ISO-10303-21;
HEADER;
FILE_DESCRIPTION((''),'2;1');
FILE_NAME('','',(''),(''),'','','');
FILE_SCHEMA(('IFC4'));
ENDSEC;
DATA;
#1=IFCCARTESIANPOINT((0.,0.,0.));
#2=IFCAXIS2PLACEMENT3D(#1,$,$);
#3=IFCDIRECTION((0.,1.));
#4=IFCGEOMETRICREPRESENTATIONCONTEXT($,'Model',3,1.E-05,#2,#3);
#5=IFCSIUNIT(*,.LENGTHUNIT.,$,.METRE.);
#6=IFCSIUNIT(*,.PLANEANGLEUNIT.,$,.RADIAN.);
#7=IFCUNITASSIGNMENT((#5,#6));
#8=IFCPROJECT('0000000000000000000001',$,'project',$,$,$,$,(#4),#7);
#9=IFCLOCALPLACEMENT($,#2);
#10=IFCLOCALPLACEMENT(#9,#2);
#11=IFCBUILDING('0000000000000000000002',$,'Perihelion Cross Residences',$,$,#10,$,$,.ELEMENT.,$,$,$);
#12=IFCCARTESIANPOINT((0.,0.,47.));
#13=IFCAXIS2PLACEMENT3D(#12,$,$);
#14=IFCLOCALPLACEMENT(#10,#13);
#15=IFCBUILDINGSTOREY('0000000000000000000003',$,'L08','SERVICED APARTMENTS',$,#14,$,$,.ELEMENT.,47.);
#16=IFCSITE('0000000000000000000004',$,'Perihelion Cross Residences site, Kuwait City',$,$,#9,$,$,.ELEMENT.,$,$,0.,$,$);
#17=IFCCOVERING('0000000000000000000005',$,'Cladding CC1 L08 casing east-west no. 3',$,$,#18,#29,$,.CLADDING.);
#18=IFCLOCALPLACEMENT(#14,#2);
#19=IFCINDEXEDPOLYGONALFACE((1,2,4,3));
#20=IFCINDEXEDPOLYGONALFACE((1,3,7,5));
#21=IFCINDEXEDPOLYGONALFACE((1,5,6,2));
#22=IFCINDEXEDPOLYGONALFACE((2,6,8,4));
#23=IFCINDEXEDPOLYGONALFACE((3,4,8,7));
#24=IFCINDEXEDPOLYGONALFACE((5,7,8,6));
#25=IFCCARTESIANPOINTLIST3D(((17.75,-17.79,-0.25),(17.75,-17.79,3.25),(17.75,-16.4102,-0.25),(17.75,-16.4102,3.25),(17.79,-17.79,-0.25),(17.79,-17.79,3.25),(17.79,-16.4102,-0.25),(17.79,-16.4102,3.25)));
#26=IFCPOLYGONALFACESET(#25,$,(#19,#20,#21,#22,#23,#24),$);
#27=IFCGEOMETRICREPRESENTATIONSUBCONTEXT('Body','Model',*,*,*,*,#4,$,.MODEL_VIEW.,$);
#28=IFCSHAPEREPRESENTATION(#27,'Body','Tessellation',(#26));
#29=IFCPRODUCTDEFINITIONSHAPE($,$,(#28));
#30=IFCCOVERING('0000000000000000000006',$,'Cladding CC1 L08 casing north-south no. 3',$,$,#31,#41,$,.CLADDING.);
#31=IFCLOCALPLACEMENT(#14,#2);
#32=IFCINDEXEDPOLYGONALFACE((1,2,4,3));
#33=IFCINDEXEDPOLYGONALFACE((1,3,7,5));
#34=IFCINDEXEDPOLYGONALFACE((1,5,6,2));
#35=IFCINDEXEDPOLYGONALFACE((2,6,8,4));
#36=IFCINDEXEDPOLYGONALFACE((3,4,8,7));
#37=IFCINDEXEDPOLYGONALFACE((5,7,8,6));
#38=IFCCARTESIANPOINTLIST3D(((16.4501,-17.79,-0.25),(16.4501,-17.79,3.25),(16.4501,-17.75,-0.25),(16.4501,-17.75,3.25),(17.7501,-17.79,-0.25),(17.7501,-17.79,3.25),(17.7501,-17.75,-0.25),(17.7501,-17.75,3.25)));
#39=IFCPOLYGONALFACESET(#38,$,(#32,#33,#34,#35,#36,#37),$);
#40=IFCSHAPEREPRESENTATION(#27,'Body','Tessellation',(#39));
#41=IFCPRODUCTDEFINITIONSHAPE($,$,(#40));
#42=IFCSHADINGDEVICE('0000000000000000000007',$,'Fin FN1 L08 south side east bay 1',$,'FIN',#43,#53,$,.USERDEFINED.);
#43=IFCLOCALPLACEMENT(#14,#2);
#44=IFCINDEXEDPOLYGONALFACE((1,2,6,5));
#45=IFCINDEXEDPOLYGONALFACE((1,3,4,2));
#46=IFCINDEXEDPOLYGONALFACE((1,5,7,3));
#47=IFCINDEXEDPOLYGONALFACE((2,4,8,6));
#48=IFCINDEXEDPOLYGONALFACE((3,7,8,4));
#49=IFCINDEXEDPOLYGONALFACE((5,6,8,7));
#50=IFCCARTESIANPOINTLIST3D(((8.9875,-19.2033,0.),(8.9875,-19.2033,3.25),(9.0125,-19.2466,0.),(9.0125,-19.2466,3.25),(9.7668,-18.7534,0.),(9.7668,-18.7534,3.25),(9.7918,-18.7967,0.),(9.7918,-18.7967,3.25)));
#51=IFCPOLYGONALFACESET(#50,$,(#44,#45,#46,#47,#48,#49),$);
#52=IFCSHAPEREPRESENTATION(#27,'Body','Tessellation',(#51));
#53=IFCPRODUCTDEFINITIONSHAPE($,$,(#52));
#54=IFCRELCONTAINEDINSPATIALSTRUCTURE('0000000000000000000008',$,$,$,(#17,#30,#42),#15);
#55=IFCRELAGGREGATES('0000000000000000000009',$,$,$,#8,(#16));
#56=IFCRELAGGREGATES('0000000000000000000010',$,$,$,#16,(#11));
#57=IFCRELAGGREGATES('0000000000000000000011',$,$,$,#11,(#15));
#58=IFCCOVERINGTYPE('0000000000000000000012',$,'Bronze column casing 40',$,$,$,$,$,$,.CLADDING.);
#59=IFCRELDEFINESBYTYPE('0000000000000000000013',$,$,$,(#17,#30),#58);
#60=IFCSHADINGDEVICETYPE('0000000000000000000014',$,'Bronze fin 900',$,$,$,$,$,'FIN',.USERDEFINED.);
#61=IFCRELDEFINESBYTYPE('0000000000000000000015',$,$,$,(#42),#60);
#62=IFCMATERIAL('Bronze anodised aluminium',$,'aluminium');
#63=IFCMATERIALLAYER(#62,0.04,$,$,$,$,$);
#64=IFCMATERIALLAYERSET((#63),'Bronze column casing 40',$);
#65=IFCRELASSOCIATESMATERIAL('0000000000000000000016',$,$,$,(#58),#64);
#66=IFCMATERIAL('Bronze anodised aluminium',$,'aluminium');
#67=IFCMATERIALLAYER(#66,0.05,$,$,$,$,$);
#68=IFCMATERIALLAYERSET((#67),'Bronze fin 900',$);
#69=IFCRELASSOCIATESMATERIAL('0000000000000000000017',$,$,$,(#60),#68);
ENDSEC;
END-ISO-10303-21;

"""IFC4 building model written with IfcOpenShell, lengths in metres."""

from ifc_helpers import new_model, si_unit, direction, frame, origin, origin_2d, place, context, subcontext, project, spatial, rectangle, extrude, material, layer, layer_set, type_object, element, save


model = new_model("IFC4")

# Units and contexts
model_context = context("Model", 3, precision=1e-05, world=origin(), true_north=direction((0.0, 1.0)))
body_context = subcontext(model_context, "Body", "Model", "MODEL_VIEW")
ifc_project = project(units=[si_unit("LENGTHUNIT", "METRE"), si_unit("PLANEANGLEUNIT", "RADIAN")], contexts=[model_context])

# Site, building, storey
site_placement = place(None, origin())
site = spatial("IfcSite", under=ifc_project, at=site_placement, Name="Perihelion Cross Residences site, Kuwait City", CompositionType="ELEMENT", RefElevation=0.0)
building_placement = place(site_placement, origin())
building = spatial("IfcBuilding", under=site, at=building_placement, Name="Perihelion Cross Residences", CompositionType="ELEMENT")
storey_placement = place(building_placement, frame((0.0, 0.0, 47.0)))
storey = spatial("IfcBuildingStorey", under=building, at=storey_placement, Name="L08", Description="SERVICED APARTMENTS", CompositionType="ELEMENT", Elevation=47.0)

# Coverings
ifc_material_1 = material(Name="Bronze anodised aluminium", Category="aluminium")
ifc_layer_1 = layer(ifc_material_1, 0.04)
ifc_layer_set_1 = layer_set([ifc_layer_1], Name="Bronze column casing 40")
covering_type = type_object("IfcCoveringType", Name="Bronze column casing 40", PredefinedType="CLADDING", material=ifc_layer_set_1)
covering_1_placement = place(storey_placement, frame((17.77, -17.1001, -0.25), z_axis=(0.0, 0.0, 1.0), x_axis=(1.0, 0.0, 0.0)))
element("IfcCovering", 1, at=covering_1_placement, inside=storey, type_object=covering_type, Name="Cladding CC1 L08 casing east-west no. 3", PredefinedType="CLADDING", context=body_context, shape_type="SweptSolid", body=[
    extrude(rectangle(XDim=0.04, YDim=1.3799, at=origin_2d()), origin(), (0.0, 0.0, 1.0), 3.5),
])
covering_2_placement = place(storey_placement, frame((17.1001, -17.77, -0.25), z_axis=(0.0, 0.0, 1.0), x_axis=(1.0, 0.0, 0.0)))
element("IfcCovering", 2, at=covering_2_placement, inside=storey, type_object=covering_type, Name="Cladding CC1 L08 casing north-south no. 3", PredefinedType="CLADDING", context=body_context, shape_type="SweptSolid", body=[
    extrude(rectangle(XDim=1.3, YDim=0.04, at=origin_2d()), origin(), (0.0, 0.0, 1.0), 3.5),
])

# Shading device
ifc_material_2 = material(Name="Bronze anodised aluminium", Category="aluminium")
ifc_layer_2 = layer(ifc_material_2, 0.05)
ifc_layer_set_2 = layer_set([ifc_layer_2], Name="Bronze fin 900")
shading_device_type = type_object("IfcShadingDeviceType", Name="Bronze fin 900", ElementType="FIN", PredefinedType="USERDEFINED", material=ifc_layer_set_2)
shading_device_placement = place(storey_placement, frame((9.3896, -19.0, 0.0), z_axis=(0.0, 0.0, 1.0), x_axis=(0.866025, 0.5, 0.0)))
element("IfcShadingDevice", 3, at=shading_device_placement, inside=storey, type_object=shading_device_type, Name="Fin FN1 L08 south side east bay 1", ObjectType="FIN", PredefinedType="USERDEFINED", context=body_context, shape_type="SweptSolid", body=[
    extrude(rectangle(XDim=0.8999, YDim=0.05, at=origin_2d()), origin(), (0.0, 0.0, 1.0), 3.25),
])

save(model, "model.ifc")
